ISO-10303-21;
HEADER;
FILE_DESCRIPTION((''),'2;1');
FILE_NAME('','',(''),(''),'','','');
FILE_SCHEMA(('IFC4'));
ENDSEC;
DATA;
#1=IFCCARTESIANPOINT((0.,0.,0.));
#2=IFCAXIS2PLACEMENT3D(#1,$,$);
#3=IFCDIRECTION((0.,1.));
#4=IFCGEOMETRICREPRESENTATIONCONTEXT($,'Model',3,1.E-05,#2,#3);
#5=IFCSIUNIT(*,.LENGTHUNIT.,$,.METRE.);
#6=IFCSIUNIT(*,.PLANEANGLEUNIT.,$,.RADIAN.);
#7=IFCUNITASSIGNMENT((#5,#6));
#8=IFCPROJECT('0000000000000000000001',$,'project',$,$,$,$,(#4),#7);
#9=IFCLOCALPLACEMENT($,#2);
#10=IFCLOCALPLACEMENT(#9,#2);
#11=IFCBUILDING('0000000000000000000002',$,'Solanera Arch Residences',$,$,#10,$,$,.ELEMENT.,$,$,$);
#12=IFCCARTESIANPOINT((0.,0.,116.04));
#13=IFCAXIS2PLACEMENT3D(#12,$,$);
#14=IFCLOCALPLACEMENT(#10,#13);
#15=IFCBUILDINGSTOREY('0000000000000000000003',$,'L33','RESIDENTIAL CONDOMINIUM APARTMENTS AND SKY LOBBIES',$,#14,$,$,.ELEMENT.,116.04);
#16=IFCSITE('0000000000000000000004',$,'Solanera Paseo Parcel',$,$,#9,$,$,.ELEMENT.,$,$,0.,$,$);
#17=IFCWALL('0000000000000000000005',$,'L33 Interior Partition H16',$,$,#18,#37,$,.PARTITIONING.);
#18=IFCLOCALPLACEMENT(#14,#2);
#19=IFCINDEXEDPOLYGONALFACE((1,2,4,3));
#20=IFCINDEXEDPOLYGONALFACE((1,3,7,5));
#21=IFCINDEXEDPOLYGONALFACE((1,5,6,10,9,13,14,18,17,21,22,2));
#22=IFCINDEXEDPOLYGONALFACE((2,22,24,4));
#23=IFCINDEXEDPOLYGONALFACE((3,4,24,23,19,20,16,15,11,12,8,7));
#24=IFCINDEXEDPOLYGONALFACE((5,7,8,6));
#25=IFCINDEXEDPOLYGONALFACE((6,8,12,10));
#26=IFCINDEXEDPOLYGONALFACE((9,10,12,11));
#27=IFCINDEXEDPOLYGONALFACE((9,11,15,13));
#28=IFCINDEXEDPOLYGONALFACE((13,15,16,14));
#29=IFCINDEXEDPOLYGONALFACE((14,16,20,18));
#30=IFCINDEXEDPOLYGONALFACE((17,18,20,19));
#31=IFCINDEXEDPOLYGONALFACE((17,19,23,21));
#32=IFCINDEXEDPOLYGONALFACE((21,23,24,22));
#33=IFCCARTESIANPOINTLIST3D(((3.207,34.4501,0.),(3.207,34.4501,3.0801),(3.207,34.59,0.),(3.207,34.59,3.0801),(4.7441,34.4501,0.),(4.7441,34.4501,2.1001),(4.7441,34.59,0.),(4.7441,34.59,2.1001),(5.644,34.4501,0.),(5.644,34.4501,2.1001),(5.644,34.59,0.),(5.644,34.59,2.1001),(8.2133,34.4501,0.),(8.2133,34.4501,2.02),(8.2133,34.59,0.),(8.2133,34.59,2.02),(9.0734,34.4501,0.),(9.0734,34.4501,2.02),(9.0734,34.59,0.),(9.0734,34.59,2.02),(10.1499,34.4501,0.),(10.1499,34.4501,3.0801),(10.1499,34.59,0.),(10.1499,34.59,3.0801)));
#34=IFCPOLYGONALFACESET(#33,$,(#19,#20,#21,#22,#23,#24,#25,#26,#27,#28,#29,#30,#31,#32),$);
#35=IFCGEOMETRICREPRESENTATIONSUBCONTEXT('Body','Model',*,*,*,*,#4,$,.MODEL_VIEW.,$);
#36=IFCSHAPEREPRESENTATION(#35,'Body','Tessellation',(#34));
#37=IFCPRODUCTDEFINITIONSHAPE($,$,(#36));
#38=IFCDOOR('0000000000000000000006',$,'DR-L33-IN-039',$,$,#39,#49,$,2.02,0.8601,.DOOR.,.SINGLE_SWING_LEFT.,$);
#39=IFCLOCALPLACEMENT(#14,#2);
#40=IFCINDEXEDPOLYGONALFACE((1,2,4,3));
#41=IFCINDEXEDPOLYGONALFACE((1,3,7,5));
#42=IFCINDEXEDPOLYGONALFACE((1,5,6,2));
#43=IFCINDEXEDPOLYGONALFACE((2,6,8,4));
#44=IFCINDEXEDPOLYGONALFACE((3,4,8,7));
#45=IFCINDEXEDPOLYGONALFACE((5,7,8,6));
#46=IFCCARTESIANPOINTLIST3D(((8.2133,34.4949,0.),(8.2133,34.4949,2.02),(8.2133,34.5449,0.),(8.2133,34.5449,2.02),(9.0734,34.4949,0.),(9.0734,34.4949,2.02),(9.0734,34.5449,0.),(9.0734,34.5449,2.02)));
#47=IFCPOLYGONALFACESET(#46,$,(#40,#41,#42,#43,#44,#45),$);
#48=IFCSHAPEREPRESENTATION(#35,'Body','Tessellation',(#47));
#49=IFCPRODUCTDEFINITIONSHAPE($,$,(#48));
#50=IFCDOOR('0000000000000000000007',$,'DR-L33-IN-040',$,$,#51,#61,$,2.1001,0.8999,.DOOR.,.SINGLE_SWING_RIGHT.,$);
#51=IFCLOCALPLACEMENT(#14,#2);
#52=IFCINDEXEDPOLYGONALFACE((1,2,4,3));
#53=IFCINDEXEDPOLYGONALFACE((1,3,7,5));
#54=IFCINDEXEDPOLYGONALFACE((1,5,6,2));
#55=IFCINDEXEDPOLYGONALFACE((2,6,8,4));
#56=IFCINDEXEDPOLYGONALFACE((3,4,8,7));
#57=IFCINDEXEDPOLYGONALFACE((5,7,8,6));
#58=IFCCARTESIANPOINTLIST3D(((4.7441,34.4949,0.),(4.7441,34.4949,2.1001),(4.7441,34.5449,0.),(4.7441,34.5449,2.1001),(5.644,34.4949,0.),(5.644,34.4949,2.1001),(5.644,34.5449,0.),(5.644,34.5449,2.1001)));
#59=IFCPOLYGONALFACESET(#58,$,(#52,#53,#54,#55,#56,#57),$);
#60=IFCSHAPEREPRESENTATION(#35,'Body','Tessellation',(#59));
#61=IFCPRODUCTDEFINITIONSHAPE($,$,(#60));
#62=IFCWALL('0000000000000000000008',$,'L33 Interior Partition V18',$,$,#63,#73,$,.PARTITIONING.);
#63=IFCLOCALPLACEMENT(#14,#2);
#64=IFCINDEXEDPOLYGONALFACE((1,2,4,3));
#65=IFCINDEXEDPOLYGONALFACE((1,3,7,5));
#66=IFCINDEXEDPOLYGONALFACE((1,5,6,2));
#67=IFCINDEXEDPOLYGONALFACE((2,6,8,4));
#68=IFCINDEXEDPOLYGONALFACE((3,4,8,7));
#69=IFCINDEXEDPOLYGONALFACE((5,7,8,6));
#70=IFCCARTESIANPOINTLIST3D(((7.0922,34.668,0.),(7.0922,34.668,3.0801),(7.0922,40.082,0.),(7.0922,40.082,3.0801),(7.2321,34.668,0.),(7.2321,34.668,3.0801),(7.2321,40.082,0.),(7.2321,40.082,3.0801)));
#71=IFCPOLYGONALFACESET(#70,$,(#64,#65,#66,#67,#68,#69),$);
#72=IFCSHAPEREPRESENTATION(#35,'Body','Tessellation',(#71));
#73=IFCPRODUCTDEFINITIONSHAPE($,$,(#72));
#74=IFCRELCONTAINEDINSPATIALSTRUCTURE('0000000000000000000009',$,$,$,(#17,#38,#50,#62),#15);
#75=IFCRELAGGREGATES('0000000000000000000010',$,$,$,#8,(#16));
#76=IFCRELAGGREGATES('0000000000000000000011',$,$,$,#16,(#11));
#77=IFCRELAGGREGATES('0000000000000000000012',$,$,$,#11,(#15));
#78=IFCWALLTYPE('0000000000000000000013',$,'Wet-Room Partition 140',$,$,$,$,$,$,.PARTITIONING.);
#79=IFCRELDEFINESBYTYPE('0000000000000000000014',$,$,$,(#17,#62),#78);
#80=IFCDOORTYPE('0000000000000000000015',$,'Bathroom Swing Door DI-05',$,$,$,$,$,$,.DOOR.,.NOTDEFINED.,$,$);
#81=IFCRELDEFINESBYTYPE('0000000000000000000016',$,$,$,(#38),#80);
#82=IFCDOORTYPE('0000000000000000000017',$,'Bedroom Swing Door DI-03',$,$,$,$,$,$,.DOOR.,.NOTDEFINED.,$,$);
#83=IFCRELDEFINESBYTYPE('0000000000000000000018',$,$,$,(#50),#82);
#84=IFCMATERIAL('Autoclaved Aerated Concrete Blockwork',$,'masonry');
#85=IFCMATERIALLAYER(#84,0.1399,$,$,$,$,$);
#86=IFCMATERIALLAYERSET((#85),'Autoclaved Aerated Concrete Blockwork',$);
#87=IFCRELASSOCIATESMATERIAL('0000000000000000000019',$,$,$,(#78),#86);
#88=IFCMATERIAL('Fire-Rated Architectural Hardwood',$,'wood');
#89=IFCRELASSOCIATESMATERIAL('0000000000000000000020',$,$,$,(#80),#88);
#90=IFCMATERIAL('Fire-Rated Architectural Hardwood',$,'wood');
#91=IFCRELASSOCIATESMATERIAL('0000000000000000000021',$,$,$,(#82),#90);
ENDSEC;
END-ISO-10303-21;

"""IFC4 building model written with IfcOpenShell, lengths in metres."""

from ifc_helpers import new_model, si_unit, direction, frame, frame_2d, origin, place, context, subcontext, project, spatial, rectangle, extrude, material, layer, layer_set, type_object, element, fill, save


model = new_model("IFC4")

# Units and contexts
model_context = context("Model", 3, precision=1e-05, world=origin(), true_north=direction((0.0, 1.0)))
body_context = subcontext(model_context, "Body", "Model", "MODEL_VIEW")
ifc_project = project(units=[si_unit("LENGTHUNIT", "METRE"), si_unit("PLANEANGLEUNIT", "RADIAN")], contexts=[model_context])

# Site, building, storey
site_placement = place(None, origin())
site = spatial("IfcSite", under=ifc_project, at=site_placement, Name="Solanera Paseo Parcel", CompositionType="ELEMENT", RefElevation=0.0)
building_placement = place(site_placement, origin())
building = spatial("IfcBuilding", under=site, at=building_placement, Name="Solanera Arch Residences", CompositionType="ELEMENT")
storey_placement = place(building_placement, frame((0.0, 0.0, 116.04)))
storey = spatial("IfcBuildingStorey", under=building, at=storey_placement, Name="L33", Description="RESIDENTIAL CONDOMINIUM APARTMENTS AND SKY LOBBIES", CompositionType="ELEMENT", Elevation=116.04)

# Wall, openings, doors
ifc_material_1 = material(Name="Autoclaved Aerated Concrete Blockwork", Category="masonry")
ifc_layer_1 = layer(ifc_material_1, 0.1399)
ifc_layer_set_1 = layer_set([ifc_layer_1], Name="Autoclaved Aerated Concrete Blockwork")
wall_type_1 = type_object("IfcWallType", Name="Wet-Room Partition 140", PredefinedType="PARTITIONING", material=ifc_layer_set_1)
wall_1_placement = place(storey_placement, frame((3.207, 34.52, 0.0), z_axis=(0.0, 0.0, 1.0), x_axis=(1.0, 0.0, 0.0)))
wall_1 = element("IfcWall", 1, at=wall_1_placement, inside=storey, type_object=wall_type_1, Name="L33 Interior Partition H16", PredefinedType="PARTITIONING", context=body_context, shape_type="SweptSolid", body=[
    extrude(rectangle(XDim=6.9429, YDim=0.1399, at=frame_2d((3.4714, 0.0))), origin(), (0.0, 0.0, 1.0), 3.0801),
])
opening_1_placement = place(wall_1_placement, frame((5.0061, 0.0, 0.0)))
opening_1 = element("IfcOpeningElement", 2, at=opening_1_placement, cuts=wall_1, PredefinedType="OPENING", context=body_context, shape_type="SweptSolid", body=[
    extrude(rectangle(XDim=0.8601, YDim=2.02, at=frame_2d((0.4302, 1.01))), frame((0.0, 0.0798, 0.0), z_axis=(0.0, -1.0, 0.0), x_axis=(1.0, 0.0, 0.0)), (0.0, 0.0, 1.0), 0.1599),
])
opening_2_placement = place(wall_1_placement, frame((1.5371, 0.0, 0.0)))
opening_2 = element("IfcOpeningElement", 3, at=opening_2_placement, cuts=wall_1, PredefinedType="OPENING", context=body_context, shape_type="SweptSolid", body=[
    extrude(rectangle(XDim=0.8999, YDim=2.1001, at=frame_2d((0.45, 1.05))), frame((0.0, 0.0798, 0.0), z_axis=(0.0, -1.0, 0.0), x_axis=(1.0, 0.0, 0.0)), (0.0, 0.0, 1.0), 0.1599),
])
ifc_material_2 = material(Name="Fire-Rated Architectural Hardwood", Category="wood")
door_type_1 = type_object("IfcDoorType", Name="Bathroom Swing Door DI-05", OperationType="NOTDEFINED", PredefinedType="DOOR", material=ifc_material_2)
door_1_placement = place(opening_1_placement, origin())
door_1 = element("IfcDoor", 4, at=door_1_placement, inside=storey, type_object=door_type_1, Name="DR-L33-IN-039", OperationType="SINGLE_SWING_LEFT", OverallHeight=2.02, OverallWidth=0.8601, PredefinedType="DOOR", context=body_context, shape_type="SweptSolid", body=[
    extrude(rectangle(XDim=0.8601, YDim=2.02, at=frame_2d((0.4302, 1.01))), frame((0.0, 0.0249, 0.0), z_axis=(0.0, -1.0, 0.0), x_axis=(1.0, 0.0, 0.0)), (0.0, 0.0, 1.0), 0.05),
])
fill(opening_1, door_1)
ifc_material_3 = material(Name="Fire-Rated Architectural Hardwood", Category="wood")
door_type_2 = type_object("IfcDoorType", Name="Bedroom Swing Door DI-03", OperationType="NOTDEFINED", PredefinedType="DOOR", material=ifc_material_3)
door_2_placement = place(opening_2_placement, origin())
door_2 = element("IfcDoor", 5, at=door_2_placement, inside=storey, type_object=door_type_2, Name="DR-L33-IN-040", OperationType="SINGLE_SWING_RIGHT", OverallHeight=2.1001, OverallWidth=0.8999, PredefinedType="DOOR", context=body_context, shape_type="SweptSolid", body=[
    extrude(rectangle(XDim=0.8999, YDim=2.1001, at=frame_2d((0.45, 1.05))), frame((0.0, 0.0249, 0.0), z_axis=(0.0, -1.0, 0.0), x_axis=(1.0, 0.0, 0.0)), (0.0, 0.0, 1.0), 0.05),
])
fill(opening_2, door_2)

# Wall
wall_2_placement = place(storey_placement, frame((7.1621, 34.668, 0.0), z_axis=(0.0, 0.0, 1.0), x_axis=(0.0, 1.0, 0.0)))
element("IfcWall", 6, at=wall_2_placement, inside=storey, type_object=wall_type_1, Name="L33 Interior Partition V18", PredefinedType="PARTITIONING", context=body_context, shape_type="SweptSolid", body=[
    extrude(rectangle(XDim=5.4141, YDim=0.1399, at=frame_2d((2.707, 0.0))), origin(), (0.0, 0.0, 1.0), 3.0801),
])

save(model, "model.ifc")
